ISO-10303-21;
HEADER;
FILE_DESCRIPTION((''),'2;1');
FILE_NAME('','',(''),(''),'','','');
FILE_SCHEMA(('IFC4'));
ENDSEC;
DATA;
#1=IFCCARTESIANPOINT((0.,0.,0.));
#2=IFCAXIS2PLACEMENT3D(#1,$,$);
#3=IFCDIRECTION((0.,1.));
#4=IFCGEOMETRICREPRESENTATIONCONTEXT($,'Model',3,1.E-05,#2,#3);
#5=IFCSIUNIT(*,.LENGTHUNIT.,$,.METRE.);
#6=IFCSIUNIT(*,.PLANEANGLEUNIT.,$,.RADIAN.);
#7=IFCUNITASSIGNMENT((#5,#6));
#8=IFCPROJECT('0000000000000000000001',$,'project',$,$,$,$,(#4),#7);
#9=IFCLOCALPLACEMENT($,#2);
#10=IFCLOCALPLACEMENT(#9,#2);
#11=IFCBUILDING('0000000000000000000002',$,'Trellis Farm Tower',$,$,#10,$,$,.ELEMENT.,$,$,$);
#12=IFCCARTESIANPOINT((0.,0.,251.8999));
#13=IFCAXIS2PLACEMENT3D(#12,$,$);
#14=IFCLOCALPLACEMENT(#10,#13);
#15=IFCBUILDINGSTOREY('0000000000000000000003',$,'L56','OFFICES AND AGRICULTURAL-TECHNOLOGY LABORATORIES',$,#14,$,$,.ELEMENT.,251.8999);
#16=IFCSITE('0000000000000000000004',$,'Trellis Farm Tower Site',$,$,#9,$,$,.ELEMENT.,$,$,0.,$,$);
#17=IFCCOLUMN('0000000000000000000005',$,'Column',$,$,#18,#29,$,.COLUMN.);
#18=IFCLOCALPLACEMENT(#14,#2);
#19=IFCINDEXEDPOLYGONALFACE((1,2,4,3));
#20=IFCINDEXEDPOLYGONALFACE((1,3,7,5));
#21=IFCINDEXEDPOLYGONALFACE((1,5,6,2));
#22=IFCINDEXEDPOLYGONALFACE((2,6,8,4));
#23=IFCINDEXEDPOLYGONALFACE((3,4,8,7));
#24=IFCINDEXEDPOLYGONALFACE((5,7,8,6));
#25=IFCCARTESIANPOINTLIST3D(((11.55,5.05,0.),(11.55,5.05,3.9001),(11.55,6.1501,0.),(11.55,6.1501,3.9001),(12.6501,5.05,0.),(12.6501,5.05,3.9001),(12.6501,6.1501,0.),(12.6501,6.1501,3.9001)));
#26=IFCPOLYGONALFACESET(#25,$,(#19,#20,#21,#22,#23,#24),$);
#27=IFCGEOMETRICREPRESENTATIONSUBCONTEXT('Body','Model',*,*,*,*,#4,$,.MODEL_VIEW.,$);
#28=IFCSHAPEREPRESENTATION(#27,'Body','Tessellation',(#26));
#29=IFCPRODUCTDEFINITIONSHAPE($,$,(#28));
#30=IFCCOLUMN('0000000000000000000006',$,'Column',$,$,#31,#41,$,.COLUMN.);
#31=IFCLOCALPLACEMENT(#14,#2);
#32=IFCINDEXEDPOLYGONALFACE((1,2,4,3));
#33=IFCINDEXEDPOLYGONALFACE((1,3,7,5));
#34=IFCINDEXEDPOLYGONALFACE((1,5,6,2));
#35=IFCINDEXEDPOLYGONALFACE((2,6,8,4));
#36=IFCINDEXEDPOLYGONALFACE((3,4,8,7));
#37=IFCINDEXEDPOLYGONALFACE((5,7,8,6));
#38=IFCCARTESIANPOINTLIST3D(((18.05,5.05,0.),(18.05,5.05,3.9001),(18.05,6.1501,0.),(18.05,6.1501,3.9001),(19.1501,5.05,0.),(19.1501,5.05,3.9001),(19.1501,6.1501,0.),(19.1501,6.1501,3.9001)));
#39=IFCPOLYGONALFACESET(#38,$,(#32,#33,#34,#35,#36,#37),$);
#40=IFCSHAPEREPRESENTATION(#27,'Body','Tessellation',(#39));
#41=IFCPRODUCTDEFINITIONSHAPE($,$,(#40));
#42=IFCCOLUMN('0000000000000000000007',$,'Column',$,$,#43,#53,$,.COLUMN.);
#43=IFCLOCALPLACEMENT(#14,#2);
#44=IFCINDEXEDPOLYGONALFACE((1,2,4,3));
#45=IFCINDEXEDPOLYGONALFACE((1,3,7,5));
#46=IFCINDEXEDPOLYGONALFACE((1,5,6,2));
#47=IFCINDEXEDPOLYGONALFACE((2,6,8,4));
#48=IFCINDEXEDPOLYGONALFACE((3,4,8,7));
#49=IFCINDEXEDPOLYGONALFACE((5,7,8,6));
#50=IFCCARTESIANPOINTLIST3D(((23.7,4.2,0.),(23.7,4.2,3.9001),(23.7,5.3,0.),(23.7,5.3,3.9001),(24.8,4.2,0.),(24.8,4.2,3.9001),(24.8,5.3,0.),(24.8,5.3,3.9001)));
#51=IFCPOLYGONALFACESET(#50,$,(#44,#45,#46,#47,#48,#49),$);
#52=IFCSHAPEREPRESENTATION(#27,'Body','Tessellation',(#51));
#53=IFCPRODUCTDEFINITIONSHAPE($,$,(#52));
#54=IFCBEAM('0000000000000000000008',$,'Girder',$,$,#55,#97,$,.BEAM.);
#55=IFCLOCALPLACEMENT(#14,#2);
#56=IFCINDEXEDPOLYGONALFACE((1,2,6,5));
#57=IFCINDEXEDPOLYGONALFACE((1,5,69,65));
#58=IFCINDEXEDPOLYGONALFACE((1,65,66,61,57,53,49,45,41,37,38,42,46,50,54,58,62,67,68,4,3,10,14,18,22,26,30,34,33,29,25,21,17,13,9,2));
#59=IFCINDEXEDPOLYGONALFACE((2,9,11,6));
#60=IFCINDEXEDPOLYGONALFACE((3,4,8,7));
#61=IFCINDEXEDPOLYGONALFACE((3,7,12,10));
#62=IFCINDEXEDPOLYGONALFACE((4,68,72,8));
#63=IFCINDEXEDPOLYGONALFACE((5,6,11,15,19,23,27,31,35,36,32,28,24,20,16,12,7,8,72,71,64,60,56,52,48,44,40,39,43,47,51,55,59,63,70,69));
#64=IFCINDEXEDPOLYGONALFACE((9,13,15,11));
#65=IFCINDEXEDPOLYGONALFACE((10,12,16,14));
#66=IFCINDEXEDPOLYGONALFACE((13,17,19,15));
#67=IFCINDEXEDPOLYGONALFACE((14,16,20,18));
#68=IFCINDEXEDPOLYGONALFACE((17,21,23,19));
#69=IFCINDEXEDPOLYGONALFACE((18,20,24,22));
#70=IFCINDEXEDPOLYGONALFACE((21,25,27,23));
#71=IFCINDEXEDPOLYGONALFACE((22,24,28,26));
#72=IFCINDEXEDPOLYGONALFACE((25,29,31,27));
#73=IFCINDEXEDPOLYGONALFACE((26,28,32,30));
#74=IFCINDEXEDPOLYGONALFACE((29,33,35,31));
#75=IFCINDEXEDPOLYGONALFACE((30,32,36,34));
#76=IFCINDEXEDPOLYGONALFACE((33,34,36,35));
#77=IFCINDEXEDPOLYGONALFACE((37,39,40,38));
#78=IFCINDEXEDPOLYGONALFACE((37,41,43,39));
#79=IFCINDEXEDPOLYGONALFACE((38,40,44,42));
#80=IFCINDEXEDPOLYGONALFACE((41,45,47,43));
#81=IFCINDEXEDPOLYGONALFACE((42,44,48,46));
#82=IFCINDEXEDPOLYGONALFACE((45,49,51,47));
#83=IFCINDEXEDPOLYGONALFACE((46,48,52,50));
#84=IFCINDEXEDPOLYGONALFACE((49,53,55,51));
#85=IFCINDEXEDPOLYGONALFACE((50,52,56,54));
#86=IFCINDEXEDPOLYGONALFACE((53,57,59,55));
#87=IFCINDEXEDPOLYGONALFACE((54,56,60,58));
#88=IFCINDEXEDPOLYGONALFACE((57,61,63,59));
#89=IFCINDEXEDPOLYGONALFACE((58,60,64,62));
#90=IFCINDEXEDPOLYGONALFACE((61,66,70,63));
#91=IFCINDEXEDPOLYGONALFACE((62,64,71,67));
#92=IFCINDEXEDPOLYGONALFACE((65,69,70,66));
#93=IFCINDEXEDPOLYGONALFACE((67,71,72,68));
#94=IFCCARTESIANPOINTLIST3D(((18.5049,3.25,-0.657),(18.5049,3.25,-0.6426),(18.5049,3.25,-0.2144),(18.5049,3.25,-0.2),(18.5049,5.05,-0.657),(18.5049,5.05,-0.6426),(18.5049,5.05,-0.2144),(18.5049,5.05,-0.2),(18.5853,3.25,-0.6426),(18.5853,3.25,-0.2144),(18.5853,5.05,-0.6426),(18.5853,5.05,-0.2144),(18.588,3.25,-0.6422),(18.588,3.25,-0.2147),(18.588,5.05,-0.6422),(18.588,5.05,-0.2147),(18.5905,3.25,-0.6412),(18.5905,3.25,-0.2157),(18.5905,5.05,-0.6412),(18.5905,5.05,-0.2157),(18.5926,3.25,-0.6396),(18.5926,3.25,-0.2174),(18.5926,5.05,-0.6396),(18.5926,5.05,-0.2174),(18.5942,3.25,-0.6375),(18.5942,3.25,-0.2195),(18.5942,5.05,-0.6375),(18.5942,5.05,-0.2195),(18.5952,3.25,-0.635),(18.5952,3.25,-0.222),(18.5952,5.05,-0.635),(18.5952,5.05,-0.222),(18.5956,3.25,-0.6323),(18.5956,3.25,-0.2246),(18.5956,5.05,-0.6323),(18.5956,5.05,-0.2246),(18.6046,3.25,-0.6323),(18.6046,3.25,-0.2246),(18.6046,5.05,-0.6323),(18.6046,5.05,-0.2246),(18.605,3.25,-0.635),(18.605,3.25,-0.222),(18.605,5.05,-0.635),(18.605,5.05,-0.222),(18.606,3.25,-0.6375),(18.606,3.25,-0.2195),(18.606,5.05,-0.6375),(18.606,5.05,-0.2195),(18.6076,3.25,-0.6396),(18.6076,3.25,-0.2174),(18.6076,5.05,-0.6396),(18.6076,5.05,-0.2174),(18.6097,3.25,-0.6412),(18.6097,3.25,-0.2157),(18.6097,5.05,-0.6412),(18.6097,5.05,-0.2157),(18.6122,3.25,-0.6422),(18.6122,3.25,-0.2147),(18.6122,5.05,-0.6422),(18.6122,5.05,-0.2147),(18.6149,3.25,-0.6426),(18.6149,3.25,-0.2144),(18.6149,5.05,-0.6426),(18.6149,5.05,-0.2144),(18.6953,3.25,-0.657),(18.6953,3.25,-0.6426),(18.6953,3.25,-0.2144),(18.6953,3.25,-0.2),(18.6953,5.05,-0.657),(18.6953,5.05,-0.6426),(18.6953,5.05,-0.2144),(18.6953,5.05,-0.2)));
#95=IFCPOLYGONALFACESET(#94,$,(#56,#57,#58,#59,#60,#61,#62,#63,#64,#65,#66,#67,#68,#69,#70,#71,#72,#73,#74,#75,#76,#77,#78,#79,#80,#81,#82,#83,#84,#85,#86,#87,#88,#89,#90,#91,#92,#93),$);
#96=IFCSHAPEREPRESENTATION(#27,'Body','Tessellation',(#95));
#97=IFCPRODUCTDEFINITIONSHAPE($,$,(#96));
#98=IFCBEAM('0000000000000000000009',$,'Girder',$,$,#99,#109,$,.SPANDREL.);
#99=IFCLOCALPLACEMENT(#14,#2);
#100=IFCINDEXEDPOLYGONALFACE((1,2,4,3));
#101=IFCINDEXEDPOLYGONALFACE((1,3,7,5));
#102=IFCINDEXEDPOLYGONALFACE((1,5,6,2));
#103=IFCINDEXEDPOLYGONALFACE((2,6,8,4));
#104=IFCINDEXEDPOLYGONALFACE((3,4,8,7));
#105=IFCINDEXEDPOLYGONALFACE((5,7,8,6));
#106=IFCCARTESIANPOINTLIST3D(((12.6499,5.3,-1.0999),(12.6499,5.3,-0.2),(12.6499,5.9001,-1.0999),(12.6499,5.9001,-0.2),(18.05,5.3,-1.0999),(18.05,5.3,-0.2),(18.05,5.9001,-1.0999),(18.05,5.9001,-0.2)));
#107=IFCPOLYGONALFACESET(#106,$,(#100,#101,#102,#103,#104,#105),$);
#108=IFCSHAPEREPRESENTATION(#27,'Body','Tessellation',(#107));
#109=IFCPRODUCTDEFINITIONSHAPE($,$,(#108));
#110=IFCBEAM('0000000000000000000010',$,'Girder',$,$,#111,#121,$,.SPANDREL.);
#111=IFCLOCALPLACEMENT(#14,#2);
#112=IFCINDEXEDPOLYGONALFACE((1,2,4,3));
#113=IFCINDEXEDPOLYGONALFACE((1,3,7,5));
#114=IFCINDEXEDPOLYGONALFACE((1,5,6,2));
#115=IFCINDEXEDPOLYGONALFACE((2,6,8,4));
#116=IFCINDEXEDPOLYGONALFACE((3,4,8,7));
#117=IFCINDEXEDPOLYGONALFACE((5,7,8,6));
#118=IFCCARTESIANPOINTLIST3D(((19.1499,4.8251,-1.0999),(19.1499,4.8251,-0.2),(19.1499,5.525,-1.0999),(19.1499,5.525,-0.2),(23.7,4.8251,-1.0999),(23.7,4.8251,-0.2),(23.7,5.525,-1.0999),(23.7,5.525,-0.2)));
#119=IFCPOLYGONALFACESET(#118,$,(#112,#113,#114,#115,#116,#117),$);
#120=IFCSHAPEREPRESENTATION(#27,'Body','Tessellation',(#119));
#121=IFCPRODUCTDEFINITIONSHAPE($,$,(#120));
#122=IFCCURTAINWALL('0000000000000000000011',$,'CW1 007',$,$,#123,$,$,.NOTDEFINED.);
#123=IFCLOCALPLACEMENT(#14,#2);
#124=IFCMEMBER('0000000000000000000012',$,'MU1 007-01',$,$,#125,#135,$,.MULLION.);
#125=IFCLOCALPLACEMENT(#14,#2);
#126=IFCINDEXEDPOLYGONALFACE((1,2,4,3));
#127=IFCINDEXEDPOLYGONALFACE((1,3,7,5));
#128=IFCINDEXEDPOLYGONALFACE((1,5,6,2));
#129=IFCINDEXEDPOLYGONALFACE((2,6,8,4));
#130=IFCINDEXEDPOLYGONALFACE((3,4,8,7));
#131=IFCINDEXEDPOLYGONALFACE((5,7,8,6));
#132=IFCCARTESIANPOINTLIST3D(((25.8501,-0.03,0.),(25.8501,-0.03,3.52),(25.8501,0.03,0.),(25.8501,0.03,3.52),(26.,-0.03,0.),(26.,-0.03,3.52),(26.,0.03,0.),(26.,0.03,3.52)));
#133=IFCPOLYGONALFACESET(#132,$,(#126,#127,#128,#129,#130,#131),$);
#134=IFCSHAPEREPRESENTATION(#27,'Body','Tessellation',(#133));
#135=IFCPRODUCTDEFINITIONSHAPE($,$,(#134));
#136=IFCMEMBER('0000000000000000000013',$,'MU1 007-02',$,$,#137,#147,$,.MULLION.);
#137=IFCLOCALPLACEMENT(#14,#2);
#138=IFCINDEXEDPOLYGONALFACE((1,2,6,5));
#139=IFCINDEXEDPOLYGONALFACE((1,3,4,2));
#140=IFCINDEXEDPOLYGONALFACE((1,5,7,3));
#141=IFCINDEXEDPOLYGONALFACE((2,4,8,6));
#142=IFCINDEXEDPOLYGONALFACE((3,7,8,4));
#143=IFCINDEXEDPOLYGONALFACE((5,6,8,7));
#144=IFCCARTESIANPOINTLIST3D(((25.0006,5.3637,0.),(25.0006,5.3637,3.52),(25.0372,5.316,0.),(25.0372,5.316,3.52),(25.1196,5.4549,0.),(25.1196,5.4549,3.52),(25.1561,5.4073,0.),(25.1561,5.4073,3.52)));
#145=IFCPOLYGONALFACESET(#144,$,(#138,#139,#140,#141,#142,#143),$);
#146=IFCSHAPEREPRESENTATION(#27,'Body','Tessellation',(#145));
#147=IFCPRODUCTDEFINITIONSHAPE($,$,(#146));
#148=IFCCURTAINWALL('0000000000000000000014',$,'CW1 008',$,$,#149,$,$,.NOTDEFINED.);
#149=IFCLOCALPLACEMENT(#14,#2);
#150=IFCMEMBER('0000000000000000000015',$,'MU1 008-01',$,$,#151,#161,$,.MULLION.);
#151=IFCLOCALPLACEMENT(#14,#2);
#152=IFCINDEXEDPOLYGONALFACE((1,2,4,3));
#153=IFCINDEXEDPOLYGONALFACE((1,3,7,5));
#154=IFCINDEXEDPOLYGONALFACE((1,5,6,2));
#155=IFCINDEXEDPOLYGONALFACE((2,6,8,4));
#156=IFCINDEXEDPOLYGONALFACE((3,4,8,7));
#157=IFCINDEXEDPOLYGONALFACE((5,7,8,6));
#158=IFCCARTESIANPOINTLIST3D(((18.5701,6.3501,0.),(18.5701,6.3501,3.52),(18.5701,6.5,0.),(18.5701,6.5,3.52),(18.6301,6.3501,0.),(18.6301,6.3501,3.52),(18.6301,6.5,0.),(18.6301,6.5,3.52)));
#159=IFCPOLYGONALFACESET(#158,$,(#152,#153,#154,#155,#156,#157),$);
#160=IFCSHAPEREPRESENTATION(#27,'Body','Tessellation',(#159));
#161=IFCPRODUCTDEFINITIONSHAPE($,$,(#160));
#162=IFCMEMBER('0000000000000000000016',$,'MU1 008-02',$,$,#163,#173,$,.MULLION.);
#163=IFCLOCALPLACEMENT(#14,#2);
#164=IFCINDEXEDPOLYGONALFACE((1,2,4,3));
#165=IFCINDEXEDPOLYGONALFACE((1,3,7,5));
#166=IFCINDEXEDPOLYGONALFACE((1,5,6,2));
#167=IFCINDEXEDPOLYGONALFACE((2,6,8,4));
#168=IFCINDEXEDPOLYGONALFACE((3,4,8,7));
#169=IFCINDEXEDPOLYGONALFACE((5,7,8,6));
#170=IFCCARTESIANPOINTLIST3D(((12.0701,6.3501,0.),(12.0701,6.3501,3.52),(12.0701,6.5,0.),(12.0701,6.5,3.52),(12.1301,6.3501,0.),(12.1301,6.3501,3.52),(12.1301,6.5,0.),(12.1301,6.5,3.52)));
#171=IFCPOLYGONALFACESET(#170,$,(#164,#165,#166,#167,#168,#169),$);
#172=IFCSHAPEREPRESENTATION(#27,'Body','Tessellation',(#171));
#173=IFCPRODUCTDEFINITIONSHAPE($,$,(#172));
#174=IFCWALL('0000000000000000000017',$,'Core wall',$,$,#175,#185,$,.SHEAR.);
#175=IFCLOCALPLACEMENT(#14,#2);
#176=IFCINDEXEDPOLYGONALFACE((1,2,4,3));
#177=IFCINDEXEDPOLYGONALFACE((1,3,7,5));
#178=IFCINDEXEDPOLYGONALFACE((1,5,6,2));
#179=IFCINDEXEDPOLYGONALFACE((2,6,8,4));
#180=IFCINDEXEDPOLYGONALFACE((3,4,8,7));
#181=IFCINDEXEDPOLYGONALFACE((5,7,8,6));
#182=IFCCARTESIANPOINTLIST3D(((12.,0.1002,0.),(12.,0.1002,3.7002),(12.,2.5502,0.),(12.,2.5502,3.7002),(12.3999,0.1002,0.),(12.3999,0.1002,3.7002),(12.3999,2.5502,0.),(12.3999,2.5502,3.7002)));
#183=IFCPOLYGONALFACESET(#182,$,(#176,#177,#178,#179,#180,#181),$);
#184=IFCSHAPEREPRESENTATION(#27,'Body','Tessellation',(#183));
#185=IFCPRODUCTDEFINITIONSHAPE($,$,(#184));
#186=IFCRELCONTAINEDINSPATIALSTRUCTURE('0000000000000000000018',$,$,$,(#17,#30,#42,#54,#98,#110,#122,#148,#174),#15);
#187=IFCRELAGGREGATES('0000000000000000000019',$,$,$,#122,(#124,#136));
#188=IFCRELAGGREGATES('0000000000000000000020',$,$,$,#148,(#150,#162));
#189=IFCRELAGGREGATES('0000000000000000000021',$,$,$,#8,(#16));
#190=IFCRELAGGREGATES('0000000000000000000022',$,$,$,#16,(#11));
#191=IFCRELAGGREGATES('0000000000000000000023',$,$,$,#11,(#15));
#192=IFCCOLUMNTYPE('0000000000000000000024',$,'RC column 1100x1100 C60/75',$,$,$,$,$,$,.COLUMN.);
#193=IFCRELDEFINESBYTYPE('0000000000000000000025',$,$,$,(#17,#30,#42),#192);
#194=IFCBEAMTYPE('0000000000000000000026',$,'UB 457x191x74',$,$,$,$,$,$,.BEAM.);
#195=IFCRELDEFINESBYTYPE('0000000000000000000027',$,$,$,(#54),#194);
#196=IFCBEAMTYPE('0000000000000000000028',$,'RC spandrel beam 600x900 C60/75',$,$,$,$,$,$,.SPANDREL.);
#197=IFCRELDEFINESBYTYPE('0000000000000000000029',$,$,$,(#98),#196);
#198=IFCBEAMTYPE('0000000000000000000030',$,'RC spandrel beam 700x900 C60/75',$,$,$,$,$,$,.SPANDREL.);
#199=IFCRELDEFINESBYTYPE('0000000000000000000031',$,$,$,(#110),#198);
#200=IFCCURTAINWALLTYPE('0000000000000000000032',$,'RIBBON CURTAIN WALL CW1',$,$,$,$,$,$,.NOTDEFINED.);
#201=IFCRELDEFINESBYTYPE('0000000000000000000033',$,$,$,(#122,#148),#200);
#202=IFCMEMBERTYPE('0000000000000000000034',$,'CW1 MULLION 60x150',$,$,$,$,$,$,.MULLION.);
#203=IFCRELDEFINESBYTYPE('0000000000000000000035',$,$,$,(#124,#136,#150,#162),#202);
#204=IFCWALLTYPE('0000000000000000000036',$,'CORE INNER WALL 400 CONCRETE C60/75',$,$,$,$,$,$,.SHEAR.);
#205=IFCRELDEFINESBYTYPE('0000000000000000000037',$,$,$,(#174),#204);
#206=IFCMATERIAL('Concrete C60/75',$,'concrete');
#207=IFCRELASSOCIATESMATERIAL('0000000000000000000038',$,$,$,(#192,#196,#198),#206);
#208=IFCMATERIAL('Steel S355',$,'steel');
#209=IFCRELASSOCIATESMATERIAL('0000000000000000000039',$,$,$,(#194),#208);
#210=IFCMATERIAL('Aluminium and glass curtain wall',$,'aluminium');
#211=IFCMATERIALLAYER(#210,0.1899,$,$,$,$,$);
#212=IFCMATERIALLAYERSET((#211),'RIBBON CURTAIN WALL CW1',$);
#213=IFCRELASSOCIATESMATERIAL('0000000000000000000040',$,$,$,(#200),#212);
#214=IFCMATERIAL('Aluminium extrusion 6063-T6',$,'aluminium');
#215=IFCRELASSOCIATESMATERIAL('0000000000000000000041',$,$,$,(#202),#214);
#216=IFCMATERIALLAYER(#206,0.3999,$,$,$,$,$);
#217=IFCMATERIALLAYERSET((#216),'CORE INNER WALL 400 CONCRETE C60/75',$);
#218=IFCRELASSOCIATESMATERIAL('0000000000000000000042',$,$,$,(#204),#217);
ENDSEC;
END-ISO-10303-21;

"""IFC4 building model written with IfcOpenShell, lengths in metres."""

from ifc_helpers import new_model, si_unit, direction, frame, frame_2d, origin, origin_2d, place, context, subcontext, project, spatial, rectangle, i_section, extrude, source, transform, mapped, material, layer, layer_set, material_profile, profile_set, type_object, element, aggregate, save


model = new_model("IFC4")

# Units and contexts
model_context = context("Model", 3, precision=1e-05, world=origin(), true_north=direction((0.0, 1.0)))
body_context = subcontext(model_context, "Body", "Model", "MODEL_VIEW")
ifc_project = project(units=[si_unit("LENGTHUNIT", "METRE"), si_unit("PLANEANGLEUNIT", "RADIAN")], contexts=[model_context])

# Site, building, storey
site_placement = place(None, origin())
site = spatial("IfcSite", under=ifc_project, at=site_placement, Name="Trellis Farm Tower Site", CompositionType="ELEMENT", RefElevation=0.0)
building_placement = place(site_placement, origin())
building = spatial("IfcBuilding", under=site, at=building_placement, Name="Trellis Farm Tower", CompositionType="ELEMENT")
storey_placement = place(building_placement, frame((0.0, 0.0, 251.8999)))
storey = spatial("IfcBuildingStorey", under=building, at=storey_placement, Name="L56", Description="OFFICES AND AGRICULTURAL-TECHNOLOGY LABORATORIES", CompositionType="ELEMENT", Elevation=251.8999)

# Columns
ifc_material_1 = material(Name="Concrete C60/75", Category="concrete")
ifc_material_profile_1 = material_profile(ifc_material_1, rectangle(XDim=1.1001, YDim=1.1001, at=origin_2d()), Name="RC column 1100x1100 C60/75")
ifc_profile_set_1 = profile_set([ifc_material_profile_1], Name="Concrete C60/75")
column_type = type_object("IfcColumnType", Name="RC column 1100x1100 C60/75", PredefinedType="COLUMN", material=ifc_profile_set_1)
shared_shape_1 = source(origin(), body_context, "Body", "SweptSolid", [
    extrude(rectangle(XDim=1.1001, YDim=1.1001, at=origin_2d()), origin(), (0.0, 0.0, 1.0), 3.9001),
])
for number, where, z_axis, x_axis, name in (
    (1, (12.1001, 5.6001, 0.0), (0.0, 0.0, 1.0), (1.0, 0.0, 0.0), "Column"),
    (2, (18.6001, 5.6001, 0.0), (0.0, 0.0, 1.0), (1.0, 0.0, 0.0), "Column"),
    (3, (24.25, 4.75, 0.0), (0.0, 0.0, 1.0), (1.0, 0.0, 0.0), "Column"),
):
    element("IfcColumn", number, at=place(storey_placement, frame(where, z_axis=z_axis, x_axis=x_axis)), inside=storey, type_object=column_type, Name=name, PredefinedType="COLUMN", context=body_context, shape_type="MappedRepresentation", body=[
        mapped(shared_shape_1, transform((0.0, 0.0, 0.0))),
    ])

# Beams
ifc_material_2 = material(Name="Steel S355", Category="steel")
ifc_material_profile_2 = material_profile(ifc_material_2, i_section(OverallWidth=0.1904, OverallDepth=0.457, WebThickness=0.009, FlangeThickness=0.0144, FilletRadius=0.0103, at=origin_2d()), Name="UB 457x191x74")
ifc_profile_set_2 = profile_set([ifc_material_profile_2], Name="Steel S355")
beam_type_1 = type_object("IfcBeamType", Name="UB 457x191x74", PredefinedType="BEAM", material=ifc_profile_set_2)
shared_shape_2 = source(origin(), body_context, "Body", "SweptSolid", [
    extrude(i_section(OverallWidth=0.1904, OverallDepth=0.457, WebThickness=0.009, FlangeThickness=0.0144, FilletRadius=0.0103, at=origin_2d()), origin(), (0.0, 0.0, 1.0), 1.8),
])
beam_1_placement = place(storey_placement, frame((18.6001, 3.25, -0.4285), z_axis=(0.0, 1.0, 0.0), x_axis=(-1.0, 0.0, 0.0)))
element("IfcBeam", 4, at=beam_1_placement, inside=storey, type_object=beam_type_1, Name="Girder", PredefinedType="BEAM", context=body_context, shape_type="MappedRepresentation", body=[
    mapped(shared_shape_2, transform((0.0, 0.0, 0.0))),
])
ifc_material_profile_3 = material_profile(ifc_material_1, rectangle(XDim=0.6001, YDim=0.8999, at=origin_2d()), Name="RC spandrel beam 600x900 C60/75")
ifc_profile_set_3 = profile_set([ifc_material_profile_3], Name="Concrete C60/75")
beam_type_2 = type_object("IfcBeamType", Name="RC spandrel beam 600x900 C60/75", PredefinedType="SPANDREL", material=ifc_profile_set_3)
shared_shape_3 = source(origin(), body_context, "Body", "SweptSolid", [
    extrude(rectangle(XDim=0.6001, YDim=0.8999, at=origin_2d()), origin(), (0.0, 0.0, 1.0), 5.4001),
])
beam_2_placement = place(storey_placement, frame((12.6499, 5.6001, -0.6499), z_axis=(1.0, 0.0, 0.0), x_axis=(0.0, 1.0, 0.0)))
element("IfcBeam", 5, at=beam_2_placement, inside=storey, type_object=beam_type_2, Name="Girder", PredefinedType="SPANDREL", context=body_context, shape_type="MappedRepresentation", body=[
    mapped(shared_shape_3, transform((0.0, 0.0, 0.0))),
])
ifc_material_profile_4 = material_profile(ifc_material_1, rectangle(XDim=0.7, YDim=0.8999, at=origin_2d()), Name="RC spandrel beam 700x900 C60/75")
ifc_profile_set_4 = profile_set([ifc_material_profile_4], Name="Concrete C60/75")
beam_type_3 = type_object("IfcBeamType", Name="RC spandrel beam 700x900 C60/75", PredefinedType="SPANDREL", material=ifc_profile_set_4)
shared_shape_4 = source(origin(), body_context, "Body", "SweptSolid", [
    extrude(rectangle(XDim=0.7, YDim=0.8999, at=origin_2d()), origin(), (0.0, 0.0, 1.0), 4.55),
])
beam_3_placement = place(storey_placement, frame((19.1499, 5.175, -0.6499), z_axis=(1.0, 0.0, 0.0), x_axis=(0.0, 1.0, 0.0)))
element("IfcBeam", 6, at=beam_3_placement, inside=storey, type_object=beam_type_3, Name="Girder", PredefinedType="SPANDREL", context=body_context, shape_type="MappedRepresentation", body=[
    mapped(shared_shape_4, transform((0.0, 0.0, 0.0))),
])

# Curtain walls, members
ifc_material_3 = material(Name="Aluminium and glass curtain wall", Category="aluminium")
ifc_layer_1 = layer(ifc_material_3, 0.1899)
ifc_layer_set_1 = layer_set([ifc_layer_1], Name="RIBBON CURTAIN WALL CW1")
curtain_wall_type = type_object("IfcCurtainWallType", Name="RIBBON CURTAIN WALL CW1", PredefinedType="NOTDEFINED", material=ifc_layer_set_1)
placement = place(storey_placement, origin())
curtain_wall_1 = element("IfcCurtainWall", 7, at=placement, inside=storey, type_object=curtain_wall_type, Name="CW1 007", PredefinedType="NOTDEFINED")
ifc_material_4 = material(Name="Aluminium extrusion 6063-T6", Category="aluminium")
ifc_material_profile_5 = material_profile(ifc_material_4, rectangle(XDim=0.0601, YDim=0.1499, at=origin_2d()), Name="MULLION 60x150")
ifc_profile_set_5 = profile_set([ifc_material_profile_5], Name="Aluminium extrusion 6063-T6")
member_type = type_object("IfcMemberType", Name="CW1 MULLION 60x150", PredefinedType="MULLION", material=ifc_profile_set_5)
shared_shape_5 = source(origin(), body_context, "Body", "SweptSolid", [
    extrude(rectangle(XDim=0.0601, YDim=0.1499, at=origin_2d()), origin(), (0.0, 0.0, 1.0), 3.52),
])
member_1_placement = place(storey_placement, frame((25.925, 0.0, 0.0), z_axis=(0.0, 0.0, 1.0), x_axis=(0.0, 1.0, 0.0)))
member_1 = element("IfcMember", 8, at=member_1_placement, type_object=member_type, Name="MU1 007-01", PredefinedType="MULLION", context=body_context, shape_type="MappedRepresentation", body=[
    mapped(shared_shape_5, transform((0.0, 0.0, 0.0))),
])
member_2_placement = place(storey_placement, frame((25.0784, 5.3855, 0.0), z_axis=(0.0, 0.0, 1.0), x_axis=(-0.608761, 0.793353, 0.0)))
member_2 = element("IfcMember", 9, at=member_2_placement, type_object=member_type, Name="MU1 007-02", PredefinedType="MULLION", context=body_context, shape_type="MappedRepresentation", body=[
    mapped(shared_shape_5, transform((0.0, 0.0, 0.0))),
])
aggregate(curtain_wall_1, [member_1, member_2])
curtain_wall_2 = element("IfcCurtainWall", 10, at=placement, inside=storey, type_object=curtain_wall_type, Name="CW1 008", PredefinedType="NOTDEFINED")
member_3_placement = place(storey_placement, frame((18.6001, 6.425, 0.0), z_axis=(0.0, 0.0, 1.0), x_axis=(-1.0, 0.0, 0.0)))
member_3 = element("IfcMember", 11, at=member_3_placement, type_object=member_type, Name="MU1 008-01", PredefinedType="MULLION", context=body_context, shape_type="MappedRepresentation", body=[
    mapped(shared_shape_5, transform((0.0, 0.0, 0.0))),
])
member_4_placement = place(storey_placement, frame((12.1001, 6.425, 0.0), z_axis=(0.0, 0.0, 1.0), x_axis=(-1.0, 0.0, 0.0)))
member_4 = element("IfcMember", 12, at=member_4_placement, type_object=member_type, Name="MU1 008-02", PredefinedType="MULLION", context=body_context, shape_type="MappedRepresentation", body=[
    mapped(shared_shape_5, transform((0.0, 0.0, 0.0))),
])
aggregate(curtain_wall_2, [member_3, member_4])

# Wall
ifc_layer_2 = layer(ifc_material_1, 0.3999)
ifc_layer_set_2 = layer_set([ifc_layer_2], Name="CORE INNER WALL 400 CONCRETE C60/75")
wall_type_1 = type_object("IfcWallType", Name="CORE INNER WALL 400 CONCRETE C60/75", PredefinedType="SHEAR", material=ifc_layer_set_2)
shared_shape_6 = source(origin(), body_context, "Body", "SweptSolid", [
    extrude(rectangle(XDim=2.45, YDim=0.3999, at=frame_2d((1.2251, 0.0))), origin(), (0.0, 0.0, 1.0), 3.7002),
])
for number, where, z_axis, x_axis, name in (
    (13, (12.2, 0.1001, 0.0), (0.0, 0.0, 1.0), (0.0, 1.0, 0.0), "Core wall"),
):
    element("IfcWall", number, at=place(storey_placement, frame(where, z_axis=z_axis, x_axis=x_axis)), inside=storey, type_object=wall_type_1, Name=name, PredefinedType="SHEAR", context=body_context, shape_type="MappedRepresentation", body=[
        mapped(shared_shape_6, transform((0.0, 0.0, 0.0))),
    ])

save(model, "model.ifc")
